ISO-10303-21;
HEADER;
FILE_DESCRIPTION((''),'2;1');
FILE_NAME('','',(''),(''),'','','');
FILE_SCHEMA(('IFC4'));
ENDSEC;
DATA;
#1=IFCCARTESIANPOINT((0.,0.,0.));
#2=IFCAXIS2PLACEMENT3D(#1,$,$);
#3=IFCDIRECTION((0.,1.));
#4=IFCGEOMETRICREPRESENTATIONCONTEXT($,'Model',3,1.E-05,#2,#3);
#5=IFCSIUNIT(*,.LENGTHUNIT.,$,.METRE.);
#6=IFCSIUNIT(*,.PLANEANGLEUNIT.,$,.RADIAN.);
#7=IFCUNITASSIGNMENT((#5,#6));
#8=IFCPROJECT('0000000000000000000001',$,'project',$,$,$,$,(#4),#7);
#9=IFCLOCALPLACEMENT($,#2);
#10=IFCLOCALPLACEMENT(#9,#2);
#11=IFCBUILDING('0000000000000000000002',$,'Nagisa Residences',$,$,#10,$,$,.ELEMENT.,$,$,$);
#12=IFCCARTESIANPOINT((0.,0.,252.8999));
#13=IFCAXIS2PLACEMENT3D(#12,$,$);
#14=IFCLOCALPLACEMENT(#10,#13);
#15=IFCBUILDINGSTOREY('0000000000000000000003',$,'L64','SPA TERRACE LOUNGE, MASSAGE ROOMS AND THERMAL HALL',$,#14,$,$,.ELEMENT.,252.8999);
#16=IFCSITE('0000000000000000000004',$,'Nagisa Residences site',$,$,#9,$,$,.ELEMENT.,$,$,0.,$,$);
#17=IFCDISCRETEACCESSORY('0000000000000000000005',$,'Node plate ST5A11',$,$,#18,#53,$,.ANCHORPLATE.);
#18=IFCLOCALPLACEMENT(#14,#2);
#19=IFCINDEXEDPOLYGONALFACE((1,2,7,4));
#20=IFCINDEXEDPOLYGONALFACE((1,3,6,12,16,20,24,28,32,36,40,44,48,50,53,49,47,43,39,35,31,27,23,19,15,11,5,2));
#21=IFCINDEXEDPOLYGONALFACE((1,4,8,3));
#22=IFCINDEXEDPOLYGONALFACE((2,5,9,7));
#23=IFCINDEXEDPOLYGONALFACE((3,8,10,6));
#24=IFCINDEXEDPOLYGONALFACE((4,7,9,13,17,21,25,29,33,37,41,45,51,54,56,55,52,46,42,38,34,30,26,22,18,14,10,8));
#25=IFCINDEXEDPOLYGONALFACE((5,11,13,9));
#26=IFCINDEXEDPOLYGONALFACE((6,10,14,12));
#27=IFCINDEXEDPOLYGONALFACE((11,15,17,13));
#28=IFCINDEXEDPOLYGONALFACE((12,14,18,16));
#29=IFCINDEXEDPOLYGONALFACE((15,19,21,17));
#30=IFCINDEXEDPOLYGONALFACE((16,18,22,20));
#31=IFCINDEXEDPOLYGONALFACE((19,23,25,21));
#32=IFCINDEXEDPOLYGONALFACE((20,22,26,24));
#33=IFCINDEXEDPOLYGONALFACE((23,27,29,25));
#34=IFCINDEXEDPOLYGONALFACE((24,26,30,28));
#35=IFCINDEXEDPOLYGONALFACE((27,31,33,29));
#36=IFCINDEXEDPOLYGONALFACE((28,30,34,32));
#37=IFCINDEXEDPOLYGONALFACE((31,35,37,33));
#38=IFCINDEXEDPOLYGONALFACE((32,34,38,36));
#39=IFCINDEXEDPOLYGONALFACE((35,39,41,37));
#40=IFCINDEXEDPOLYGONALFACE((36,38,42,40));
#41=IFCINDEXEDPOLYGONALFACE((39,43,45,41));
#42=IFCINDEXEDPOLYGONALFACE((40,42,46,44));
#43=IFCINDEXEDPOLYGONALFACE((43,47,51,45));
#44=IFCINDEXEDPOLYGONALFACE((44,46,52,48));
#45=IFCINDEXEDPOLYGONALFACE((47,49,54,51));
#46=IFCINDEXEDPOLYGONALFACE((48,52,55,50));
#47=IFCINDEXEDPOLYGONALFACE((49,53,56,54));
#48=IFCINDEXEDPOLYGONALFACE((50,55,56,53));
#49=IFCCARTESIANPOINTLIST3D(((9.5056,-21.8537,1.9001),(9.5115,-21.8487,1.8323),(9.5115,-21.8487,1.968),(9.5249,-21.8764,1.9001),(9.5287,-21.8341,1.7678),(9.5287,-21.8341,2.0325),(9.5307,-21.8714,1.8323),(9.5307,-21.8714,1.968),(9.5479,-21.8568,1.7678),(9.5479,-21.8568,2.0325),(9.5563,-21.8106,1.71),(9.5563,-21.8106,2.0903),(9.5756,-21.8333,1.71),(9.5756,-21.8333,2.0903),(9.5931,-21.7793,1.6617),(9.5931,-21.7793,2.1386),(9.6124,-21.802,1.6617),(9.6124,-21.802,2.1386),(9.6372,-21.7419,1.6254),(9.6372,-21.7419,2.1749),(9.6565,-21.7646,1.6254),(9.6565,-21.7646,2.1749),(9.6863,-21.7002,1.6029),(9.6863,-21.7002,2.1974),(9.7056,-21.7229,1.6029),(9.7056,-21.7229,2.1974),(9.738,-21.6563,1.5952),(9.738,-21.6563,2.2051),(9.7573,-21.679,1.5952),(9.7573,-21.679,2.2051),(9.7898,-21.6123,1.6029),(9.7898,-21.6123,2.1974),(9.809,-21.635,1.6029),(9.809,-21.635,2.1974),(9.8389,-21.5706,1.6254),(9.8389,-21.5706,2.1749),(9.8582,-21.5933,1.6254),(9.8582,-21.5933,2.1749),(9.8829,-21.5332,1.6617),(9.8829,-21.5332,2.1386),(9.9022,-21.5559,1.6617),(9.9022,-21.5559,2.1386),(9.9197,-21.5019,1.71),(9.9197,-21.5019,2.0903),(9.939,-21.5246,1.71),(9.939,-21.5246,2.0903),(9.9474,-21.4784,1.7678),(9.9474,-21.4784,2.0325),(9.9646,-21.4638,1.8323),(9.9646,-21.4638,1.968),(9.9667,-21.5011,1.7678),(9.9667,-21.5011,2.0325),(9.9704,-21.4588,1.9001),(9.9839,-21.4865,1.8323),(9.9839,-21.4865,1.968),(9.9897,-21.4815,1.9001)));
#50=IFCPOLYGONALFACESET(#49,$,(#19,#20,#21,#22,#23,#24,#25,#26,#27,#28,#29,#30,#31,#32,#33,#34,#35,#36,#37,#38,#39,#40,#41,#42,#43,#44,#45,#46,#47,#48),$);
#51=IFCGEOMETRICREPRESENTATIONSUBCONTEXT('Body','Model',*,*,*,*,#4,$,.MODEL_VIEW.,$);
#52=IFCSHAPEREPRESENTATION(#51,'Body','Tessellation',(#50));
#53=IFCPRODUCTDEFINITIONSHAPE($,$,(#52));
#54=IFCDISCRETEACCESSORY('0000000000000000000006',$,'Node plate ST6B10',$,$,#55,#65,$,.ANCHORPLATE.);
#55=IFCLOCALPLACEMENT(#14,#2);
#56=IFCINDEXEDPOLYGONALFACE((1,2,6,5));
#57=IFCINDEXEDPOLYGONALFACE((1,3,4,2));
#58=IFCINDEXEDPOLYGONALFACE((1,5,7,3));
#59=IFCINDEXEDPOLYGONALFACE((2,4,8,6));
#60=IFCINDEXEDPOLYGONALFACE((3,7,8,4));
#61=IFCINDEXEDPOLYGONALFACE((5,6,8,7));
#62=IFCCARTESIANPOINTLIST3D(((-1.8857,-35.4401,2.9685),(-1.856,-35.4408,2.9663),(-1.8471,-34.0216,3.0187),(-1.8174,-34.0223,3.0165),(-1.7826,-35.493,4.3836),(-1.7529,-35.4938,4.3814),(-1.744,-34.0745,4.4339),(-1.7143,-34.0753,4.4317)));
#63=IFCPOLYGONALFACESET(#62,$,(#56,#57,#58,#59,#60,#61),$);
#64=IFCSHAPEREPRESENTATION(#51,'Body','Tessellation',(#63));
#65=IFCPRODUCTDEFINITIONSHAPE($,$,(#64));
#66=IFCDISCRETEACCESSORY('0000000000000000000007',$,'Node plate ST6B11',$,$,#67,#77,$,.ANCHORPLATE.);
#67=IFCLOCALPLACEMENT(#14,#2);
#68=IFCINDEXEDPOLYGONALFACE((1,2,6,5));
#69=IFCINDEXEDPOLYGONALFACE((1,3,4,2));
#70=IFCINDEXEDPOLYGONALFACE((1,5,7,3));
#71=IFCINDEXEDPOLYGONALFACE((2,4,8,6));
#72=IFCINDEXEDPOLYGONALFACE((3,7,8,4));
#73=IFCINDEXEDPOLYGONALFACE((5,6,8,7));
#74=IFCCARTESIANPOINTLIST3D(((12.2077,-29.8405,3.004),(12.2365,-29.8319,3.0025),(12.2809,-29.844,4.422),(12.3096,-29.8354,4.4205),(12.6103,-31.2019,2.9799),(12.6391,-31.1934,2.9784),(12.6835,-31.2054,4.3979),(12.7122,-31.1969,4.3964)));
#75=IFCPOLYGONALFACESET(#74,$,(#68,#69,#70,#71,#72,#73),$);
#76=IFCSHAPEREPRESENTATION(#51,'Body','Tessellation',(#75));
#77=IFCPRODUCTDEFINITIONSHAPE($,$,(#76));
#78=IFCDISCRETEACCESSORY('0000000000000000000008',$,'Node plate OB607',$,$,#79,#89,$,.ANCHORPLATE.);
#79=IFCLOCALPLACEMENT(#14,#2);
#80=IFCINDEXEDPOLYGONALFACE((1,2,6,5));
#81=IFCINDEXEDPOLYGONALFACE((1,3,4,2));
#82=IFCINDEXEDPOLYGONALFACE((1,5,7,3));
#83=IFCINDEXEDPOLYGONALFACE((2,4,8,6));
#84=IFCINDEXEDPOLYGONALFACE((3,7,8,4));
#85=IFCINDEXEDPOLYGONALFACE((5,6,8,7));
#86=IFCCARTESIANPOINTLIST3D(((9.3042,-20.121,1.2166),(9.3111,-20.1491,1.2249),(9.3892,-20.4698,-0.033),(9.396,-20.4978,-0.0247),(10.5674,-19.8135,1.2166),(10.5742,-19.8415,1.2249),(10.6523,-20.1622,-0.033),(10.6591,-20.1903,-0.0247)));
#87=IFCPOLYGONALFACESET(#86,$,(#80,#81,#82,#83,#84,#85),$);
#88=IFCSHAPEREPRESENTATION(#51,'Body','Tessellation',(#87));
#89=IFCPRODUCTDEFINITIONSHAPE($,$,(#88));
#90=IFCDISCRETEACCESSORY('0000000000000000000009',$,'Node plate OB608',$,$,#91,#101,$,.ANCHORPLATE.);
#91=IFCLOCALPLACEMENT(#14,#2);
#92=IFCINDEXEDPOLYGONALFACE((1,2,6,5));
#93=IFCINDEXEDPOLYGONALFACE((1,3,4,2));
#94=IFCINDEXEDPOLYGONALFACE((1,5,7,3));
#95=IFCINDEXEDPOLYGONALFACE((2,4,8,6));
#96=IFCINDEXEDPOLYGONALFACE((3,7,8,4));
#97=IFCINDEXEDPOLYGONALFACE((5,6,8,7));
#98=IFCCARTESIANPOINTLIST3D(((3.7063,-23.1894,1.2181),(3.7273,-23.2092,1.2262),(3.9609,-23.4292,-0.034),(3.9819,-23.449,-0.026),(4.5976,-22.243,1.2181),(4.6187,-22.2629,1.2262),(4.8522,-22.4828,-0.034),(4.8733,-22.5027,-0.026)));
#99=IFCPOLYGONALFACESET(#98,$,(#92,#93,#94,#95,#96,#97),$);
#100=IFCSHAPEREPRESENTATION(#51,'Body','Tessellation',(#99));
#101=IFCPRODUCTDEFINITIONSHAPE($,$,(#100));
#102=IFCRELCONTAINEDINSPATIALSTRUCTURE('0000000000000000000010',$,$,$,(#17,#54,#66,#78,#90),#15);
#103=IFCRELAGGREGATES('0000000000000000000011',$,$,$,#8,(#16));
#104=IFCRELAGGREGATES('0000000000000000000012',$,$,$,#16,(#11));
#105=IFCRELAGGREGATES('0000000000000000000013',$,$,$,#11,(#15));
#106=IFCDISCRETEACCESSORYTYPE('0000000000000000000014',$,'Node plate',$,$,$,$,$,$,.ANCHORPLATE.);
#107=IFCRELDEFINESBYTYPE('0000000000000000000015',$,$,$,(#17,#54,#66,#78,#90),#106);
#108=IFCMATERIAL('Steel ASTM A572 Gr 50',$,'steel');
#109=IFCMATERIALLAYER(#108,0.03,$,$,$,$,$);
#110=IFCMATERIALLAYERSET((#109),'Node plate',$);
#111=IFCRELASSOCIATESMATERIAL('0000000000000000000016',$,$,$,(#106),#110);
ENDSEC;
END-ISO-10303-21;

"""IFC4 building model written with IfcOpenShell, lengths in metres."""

from ifc_helpers import new_model, si_unit, direction, frame, origin, origin_2d, place, context, subcontext, project, spatial, rectangle, circle, extrude, material, layer, layer_set, type_object, element, save


model = new_model("IFC4")

# Units and contexts
model_context = context("Model", 3, precision=1e-05, world=origin(), true_north=direction((0.0, 1.0)))
body_context = subcontext(model_context, "Body", "Model", "MODEL_VIEW")
ifc_project = project(units=[si_unit("LENGTHUNIT", "METRE"), si_unit("PLANEANGLEUNIT", "RADIAN")], contexts=[model_context])

# Site, building, storey
site_placement = place(None, origin())
site = spatial("IfcSite", under=ifc_project, at=site_placement, Name="Nagisa Residences site", CompositionType="ELEMENT", RefElevation=0.0)
building_placement = place(site_placement, origin())
building = spatial("IfcBuilding", under=site, at=building_placement, Name="Nagisa Residences", CompositionType="ELEMENT")
storey_placement = place(building_placement, frame((0.0, 0.0, 252.8999)))
storey = spatial("IfcBuildingStorey", under=building, at=storey_placement, Name="L64", Description="SPA TERRACE LOUNGE, MASSAGE ROOMS AND THERMAL HALL", CompositionType="ELEMENT", Elevation=252.8999)

# Discrete accessories
ifc_material_1 = material(Name="Steel ASTM A572 Gr 50", Category="steel")
ifc_layer = layer(ifc_material_1, 0.03)
ifc_layer_set = layer_set([ifc_layer], Name="Node plate")
discrete_accessory_type = type_object("IfcDiscreteAccessoryType", Name="Node plate", PredefinedType="ANCHORPLATE", material=ifc_layer_set)
discrete_accessory_1_placement = place(storey_placement, frame((9.7573, -21.679, 1.9001), z_axis=(-0.647411, 0.762141, 0.0), x_axis=(-0.762141, -0.647411, 0.0)))
element("IfcDiscreteAccessory", 1, at=discrete_accessory_1_placement, inside=storey, type_object=discrete_accessory_type, Name="Node plate ST5A11", PredefinedType="ANCHORPLATE", context=body_context, shape_type="SweptSolid", body=[
    extrude(circle(Radius=0.3049, at=origin_2d()), origin(), (0.0, 0.0, 1.0), 0.0298),
])
discrete_accessory_2_placement = place(storey_placement, frame((-1.7852, -34.7581, 3.699), z_axis=(-0.99699, 0.024516, 0.073548), x_axis=(0.027176, 0.999004, 0.035386)))
element("IfcDiscreteAccessory", 2, at=discrete_accessory_2_placement, inside=storey, type_object=discrete_accessory_type, Name="Node plate ST6B10", PredefinedType="ANCHORPLATE", context=body_context, shape_type="SweptSolid", body=[
    extrude(rectangle(XDim=1.4199, YDim=1.4199, at=origin_2d()), origin(), (0.0, 0.0, 1.0), 0.0298),
])
discrete_accessory_3_placement = place(storey_placement, frame((12.4744, -30.5144, 3.6995), z_axis=(-0.957579, -0.284028, 0.04869), x_axis=(-0.283531, 0.958813, 0.016973)))
element("IfcDiscreteAccessory", 3, at=discrete_accessory_3_placement, inside=storey, type_object=discrete_accessory_type, Name="Node plate ST6B11", PredefinedType="ANCHORPLATE", context=body_context, shape_type="SweptSolid", body=[
    extrude(rectangle(XDim=1.4199, YDim=1.4199, at=origin_2d()), origin(), (0.0, 0.0, 1.0), 0.03),
])
for number, where, z_axis, x_axis, name in (
    (4, (9.9851, -20.1697, 0.6001), (-0.227372, 0.933849, -0.276094), (-0.971615, -0.236567, 0.0), "Node plate OB607"),
    (5, (4.3003, -22.856, 0.6001), (-0.701113, 0.66035, -0.269032), (-0.685629, -0.727951, 0.0), "Node plate OB608"),
):
    element("IfcDiscreteAccessory", number, at=place(storey_placement, frame(where, z_axis=z_axis, x_axis=x_axis)), inside=storey, type_object=discrete_accessory_type, Name=name, PredefinedType="ANCHORPLATE", context=body_context, shape_type="SweptSolid", body=[
        extrude(rectangle(XDim=1.3, YDim=1.3, at=origin_2d()), origin(), (0.0, 0.0, 1.0), 0.03),
    ])

save(model, "model.ifc")
